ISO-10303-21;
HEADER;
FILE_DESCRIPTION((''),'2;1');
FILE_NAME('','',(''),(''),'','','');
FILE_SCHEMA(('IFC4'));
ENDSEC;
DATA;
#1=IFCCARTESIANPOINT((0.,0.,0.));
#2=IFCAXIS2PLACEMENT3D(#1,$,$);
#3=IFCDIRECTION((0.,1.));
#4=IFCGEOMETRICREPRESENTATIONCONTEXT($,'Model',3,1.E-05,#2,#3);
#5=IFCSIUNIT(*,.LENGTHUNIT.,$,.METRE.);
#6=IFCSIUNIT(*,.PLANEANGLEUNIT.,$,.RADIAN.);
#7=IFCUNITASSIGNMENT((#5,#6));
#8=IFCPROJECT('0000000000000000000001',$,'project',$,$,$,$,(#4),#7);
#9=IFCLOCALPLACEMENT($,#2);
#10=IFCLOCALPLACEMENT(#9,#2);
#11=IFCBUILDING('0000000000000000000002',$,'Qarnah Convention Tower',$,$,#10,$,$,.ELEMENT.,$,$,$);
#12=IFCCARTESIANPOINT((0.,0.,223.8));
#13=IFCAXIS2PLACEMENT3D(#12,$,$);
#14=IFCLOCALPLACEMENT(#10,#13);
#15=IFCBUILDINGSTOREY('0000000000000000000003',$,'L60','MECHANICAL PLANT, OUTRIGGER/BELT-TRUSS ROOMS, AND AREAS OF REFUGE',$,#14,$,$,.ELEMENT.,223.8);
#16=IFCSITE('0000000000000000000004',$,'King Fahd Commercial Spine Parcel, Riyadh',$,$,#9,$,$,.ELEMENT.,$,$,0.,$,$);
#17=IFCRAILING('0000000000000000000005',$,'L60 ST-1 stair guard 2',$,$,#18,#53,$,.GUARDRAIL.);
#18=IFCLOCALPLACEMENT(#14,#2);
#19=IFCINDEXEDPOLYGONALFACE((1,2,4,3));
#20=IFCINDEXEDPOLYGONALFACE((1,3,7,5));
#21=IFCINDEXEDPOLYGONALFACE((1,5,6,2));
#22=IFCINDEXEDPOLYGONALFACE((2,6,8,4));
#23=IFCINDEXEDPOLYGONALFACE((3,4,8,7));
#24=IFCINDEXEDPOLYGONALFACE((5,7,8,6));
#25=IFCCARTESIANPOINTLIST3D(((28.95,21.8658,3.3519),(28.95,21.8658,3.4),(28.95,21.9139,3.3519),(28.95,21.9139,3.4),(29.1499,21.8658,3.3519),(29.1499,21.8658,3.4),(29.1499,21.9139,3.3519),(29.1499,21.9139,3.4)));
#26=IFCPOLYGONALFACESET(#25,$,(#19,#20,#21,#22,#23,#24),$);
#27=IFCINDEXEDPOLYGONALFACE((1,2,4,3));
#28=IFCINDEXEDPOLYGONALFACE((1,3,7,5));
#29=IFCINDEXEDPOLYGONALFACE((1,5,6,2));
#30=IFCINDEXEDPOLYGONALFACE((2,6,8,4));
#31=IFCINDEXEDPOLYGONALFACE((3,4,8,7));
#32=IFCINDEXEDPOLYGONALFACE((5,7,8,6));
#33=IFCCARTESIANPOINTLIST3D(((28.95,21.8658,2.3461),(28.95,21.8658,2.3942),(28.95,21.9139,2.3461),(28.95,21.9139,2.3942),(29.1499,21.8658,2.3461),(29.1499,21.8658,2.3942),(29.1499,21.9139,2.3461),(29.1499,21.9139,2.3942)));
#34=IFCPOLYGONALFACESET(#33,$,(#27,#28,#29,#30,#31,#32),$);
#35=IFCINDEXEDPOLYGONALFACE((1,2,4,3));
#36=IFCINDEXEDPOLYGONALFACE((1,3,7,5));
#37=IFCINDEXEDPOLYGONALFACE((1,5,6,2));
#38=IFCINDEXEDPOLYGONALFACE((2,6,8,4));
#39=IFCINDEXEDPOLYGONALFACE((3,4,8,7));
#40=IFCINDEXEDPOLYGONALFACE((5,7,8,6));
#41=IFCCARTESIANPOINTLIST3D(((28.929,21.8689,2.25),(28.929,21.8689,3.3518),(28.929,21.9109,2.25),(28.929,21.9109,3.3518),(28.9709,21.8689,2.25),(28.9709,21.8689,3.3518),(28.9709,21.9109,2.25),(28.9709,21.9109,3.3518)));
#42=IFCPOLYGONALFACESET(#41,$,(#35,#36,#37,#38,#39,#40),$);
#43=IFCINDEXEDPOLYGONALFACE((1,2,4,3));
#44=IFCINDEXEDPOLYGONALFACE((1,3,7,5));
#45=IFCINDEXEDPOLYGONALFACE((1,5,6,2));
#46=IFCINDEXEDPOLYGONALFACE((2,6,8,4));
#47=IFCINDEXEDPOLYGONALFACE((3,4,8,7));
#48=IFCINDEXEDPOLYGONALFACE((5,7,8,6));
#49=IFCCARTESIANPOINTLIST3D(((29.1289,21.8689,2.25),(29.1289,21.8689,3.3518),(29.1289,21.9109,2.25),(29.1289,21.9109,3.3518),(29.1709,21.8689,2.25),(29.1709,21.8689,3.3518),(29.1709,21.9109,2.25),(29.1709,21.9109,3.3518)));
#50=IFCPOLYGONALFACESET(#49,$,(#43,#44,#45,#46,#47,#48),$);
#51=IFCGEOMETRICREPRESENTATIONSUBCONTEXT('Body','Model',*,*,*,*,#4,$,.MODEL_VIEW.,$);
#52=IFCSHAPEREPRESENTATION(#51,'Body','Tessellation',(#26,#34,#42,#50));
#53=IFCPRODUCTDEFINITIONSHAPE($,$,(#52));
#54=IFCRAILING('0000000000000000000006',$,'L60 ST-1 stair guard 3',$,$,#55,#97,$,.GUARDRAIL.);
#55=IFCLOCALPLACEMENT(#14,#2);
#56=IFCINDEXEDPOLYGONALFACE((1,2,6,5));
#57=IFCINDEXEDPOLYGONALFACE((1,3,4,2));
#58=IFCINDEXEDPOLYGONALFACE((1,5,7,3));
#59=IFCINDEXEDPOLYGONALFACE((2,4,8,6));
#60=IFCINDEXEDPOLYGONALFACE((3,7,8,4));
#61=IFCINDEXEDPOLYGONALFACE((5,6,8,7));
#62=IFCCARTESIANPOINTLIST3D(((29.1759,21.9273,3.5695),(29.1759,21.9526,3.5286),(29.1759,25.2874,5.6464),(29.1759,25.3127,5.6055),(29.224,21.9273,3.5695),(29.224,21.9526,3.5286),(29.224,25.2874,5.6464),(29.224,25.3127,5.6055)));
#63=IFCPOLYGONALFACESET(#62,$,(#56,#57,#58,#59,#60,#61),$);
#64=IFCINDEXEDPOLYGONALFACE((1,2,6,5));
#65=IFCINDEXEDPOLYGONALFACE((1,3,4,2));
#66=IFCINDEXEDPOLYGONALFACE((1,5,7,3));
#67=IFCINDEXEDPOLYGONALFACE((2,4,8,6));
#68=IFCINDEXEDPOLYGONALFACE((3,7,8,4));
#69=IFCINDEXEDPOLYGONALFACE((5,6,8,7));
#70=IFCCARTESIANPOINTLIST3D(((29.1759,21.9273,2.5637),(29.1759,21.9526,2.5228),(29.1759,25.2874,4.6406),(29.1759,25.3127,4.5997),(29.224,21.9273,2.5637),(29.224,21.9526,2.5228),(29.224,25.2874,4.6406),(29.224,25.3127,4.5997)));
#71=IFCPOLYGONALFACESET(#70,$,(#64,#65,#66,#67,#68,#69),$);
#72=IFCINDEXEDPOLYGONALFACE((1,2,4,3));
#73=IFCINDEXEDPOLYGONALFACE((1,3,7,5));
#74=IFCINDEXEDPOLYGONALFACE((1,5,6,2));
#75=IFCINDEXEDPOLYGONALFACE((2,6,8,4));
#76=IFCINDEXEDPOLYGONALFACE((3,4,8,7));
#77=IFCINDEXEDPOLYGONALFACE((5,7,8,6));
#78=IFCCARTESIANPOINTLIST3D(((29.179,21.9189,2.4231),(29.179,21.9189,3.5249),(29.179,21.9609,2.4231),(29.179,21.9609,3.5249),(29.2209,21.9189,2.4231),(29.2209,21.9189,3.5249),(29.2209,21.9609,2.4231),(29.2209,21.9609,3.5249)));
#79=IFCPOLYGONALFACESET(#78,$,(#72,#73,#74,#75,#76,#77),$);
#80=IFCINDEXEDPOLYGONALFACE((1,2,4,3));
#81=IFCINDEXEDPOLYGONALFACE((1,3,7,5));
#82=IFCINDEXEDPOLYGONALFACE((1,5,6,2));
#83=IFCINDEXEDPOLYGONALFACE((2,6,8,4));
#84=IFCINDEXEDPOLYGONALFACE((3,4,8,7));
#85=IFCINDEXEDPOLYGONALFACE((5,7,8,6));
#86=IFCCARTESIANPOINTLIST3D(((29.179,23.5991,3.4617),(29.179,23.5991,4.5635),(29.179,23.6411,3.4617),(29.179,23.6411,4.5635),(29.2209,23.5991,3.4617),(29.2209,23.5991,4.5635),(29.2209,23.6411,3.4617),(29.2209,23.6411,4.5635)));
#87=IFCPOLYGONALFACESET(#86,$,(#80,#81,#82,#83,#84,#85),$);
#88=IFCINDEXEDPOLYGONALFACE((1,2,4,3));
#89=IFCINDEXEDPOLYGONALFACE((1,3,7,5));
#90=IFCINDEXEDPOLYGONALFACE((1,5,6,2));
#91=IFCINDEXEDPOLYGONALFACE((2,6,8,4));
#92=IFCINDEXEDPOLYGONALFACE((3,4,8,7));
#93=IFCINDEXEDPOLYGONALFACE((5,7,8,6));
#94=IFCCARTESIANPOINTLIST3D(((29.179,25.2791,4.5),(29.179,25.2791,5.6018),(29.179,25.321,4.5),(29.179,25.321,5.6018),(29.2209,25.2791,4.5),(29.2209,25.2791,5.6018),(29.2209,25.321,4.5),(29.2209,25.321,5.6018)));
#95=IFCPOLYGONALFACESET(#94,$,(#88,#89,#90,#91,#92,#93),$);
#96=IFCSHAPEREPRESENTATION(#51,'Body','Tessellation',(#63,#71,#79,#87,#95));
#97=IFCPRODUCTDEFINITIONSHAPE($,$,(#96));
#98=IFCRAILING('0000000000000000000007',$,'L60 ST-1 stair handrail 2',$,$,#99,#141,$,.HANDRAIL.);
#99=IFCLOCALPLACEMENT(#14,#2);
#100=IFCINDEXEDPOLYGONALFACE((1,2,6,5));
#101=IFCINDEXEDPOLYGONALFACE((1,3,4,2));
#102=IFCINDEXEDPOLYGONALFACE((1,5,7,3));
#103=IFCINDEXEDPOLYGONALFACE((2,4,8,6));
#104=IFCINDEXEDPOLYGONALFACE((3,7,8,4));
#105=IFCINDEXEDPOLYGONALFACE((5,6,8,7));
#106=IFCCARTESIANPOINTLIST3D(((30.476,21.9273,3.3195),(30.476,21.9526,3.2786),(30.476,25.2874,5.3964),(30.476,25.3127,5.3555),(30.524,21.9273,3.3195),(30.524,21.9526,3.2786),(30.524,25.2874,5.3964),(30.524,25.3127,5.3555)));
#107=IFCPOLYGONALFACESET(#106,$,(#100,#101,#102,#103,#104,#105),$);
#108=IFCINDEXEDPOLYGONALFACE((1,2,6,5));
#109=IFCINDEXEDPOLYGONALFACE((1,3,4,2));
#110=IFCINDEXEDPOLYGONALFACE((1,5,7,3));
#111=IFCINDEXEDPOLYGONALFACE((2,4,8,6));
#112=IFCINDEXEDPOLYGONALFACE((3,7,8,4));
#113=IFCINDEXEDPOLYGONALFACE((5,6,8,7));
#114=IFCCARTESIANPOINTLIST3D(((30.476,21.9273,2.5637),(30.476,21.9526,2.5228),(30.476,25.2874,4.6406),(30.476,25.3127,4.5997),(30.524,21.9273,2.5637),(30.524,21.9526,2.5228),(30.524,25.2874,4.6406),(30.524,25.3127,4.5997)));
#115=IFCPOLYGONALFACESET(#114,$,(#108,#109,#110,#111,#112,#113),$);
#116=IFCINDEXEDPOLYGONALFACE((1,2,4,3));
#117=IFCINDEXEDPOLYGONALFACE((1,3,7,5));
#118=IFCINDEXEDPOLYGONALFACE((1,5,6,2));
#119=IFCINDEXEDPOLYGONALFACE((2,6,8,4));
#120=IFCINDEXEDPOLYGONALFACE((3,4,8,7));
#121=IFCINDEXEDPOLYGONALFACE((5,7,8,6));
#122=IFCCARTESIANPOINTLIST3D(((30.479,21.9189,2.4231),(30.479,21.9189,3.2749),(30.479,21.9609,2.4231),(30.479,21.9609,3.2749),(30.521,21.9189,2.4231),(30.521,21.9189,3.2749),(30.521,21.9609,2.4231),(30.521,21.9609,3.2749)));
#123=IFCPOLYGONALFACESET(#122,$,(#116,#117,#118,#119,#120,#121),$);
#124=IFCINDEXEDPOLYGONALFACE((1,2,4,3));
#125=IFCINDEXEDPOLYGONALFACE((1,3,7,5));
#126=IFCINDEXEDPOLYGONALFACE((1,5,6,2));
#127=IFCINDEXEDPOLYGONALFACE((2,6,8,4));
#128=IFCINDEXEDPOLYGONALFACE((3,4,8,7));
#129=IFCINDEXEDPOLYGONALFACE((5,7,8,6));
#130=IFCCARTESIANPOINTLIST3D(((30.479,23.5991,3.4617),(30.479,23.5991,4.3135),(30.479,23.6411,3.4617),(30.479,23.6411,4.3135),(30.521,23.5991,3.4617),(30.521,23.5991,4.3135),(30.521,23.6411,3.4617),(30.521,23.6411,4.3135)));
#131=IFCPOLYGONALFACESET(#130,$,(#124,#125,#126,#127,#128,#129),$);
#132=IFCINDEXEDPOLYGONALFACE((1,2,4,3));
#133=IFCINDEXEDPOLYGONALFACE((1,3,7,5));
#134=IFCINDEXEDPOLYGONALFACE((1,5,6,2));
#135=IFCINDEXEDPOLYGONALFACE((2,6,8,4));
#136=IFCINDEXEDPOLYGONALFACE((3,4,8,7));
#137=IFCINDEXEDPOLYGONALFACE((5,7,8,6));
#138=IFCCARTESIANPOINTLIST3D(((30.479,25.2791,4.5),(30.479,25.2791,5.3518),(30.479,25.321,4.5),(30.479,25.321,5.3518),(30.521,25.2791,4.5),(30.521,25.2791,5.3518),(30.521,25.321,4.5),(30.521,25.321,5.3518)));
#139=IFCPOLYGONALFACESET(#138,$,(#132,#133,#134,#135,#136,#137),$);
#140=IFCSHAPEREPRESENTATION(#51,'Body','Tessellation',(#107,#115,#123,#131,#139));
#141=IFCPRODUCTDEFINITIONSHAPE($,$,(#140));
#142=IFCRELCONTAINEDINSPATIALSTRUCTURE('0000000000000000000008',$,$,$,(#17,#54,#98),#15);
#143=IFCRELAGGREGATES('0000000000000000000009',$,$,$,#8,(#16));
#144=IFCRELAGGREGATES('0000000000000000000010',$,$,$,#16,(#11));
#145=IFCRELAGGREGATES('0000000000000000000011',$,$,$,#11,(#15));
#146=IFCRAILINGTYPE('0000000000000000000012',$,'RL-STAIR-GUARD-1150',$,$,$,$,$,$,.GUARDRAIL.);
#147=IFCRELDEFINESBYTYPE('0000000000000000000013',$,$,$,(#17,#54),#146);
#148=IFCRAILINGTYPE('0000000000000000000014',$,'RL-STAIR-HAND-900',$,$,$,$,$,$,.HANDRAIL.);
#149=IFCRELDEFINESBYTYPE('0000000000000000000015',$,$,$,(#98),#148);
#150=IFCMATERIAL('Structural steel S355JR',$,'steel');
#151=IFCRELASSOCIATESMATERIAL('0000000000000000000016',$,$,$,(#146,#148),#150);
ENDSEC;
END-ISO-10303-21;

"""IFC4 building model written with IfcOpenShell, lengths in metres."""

from ifc_helpers import new_model, si_unit, direction, frame, origin, origin_2d, place, context, subcontext, project, spatial, rectangle, extrude, material, type_object, element, save


model = new_model("IFC4")

# Units and contexts
model_context = context("Model", 3, precision=1e-05, world=origin(), true_north=direction((0.0, 1.0)))
body_context = subcontext(model_context, "Body", "Model", "MODEL_VIEW")
ifc_project = project(units=[si_unit("LENGTHUNIT", "METRE"), si_unit("PLANEANGLEUNIT", "RADIAN")], contexts=[model_context])

# Site, building, storey
site_placement = place(None, origin())
site = spatial("IfcSite", under=ifc_project, at=site_placement, Name="King Fahd Commercial Spine Parcel, Riyadh", CompositionType="ELEMENT", RefElevation=0.0)
building_placement = place(site_placement, origin())
building = spatial("IfcBuilding", under=site, at=building_placement, Name="Qarnah Convention Tower", CompositionType="ELEMENT")
storey_placement = place(building_placement, frame((0.0, 0.0, 223.8)))
storey = spatial("IfcBuildingStorey", under=building, at=storey_placement, Name="L60", Description="MECHANICAL PLANT, OUTRIGGER/BELT-TRUSS ROOMS, AND AREAS OF REFUGE", CompositionType="ELEMENT", Elevation=223.8)

# Shared definitions
ifc_material_1 = material(Name="Structural steel S355JR", Category="steel")

# Railings
railing_type_1 = type_object("IfcRailingType", Name="RL-STAIR-GUARD-1150", PredefinedType="GUARDRAIL", material=ifc_material_1)
railing_1_placement = place(storey_placement, frame((28.95, 21.8899, 2.25)))
element("IfcRailing", 1, at=railing_1_placement, inside=storey, type_object=railing_type_1, Name="L60 ST-1 stair guard 2", PredefinedType="GUARDRAIL", context=body_context, shape_type="SweptSolid", body=[
    extrude(rectangle(XDim=0.0481, YDim=0.0481, at=origin_2d()), frame((0.0, 0.0, 1.126), z_axis=(1.0, 0.0, 0.0), x_axis=(0.0, 1.0, 0.0)), (0.0, 0.0, 1.0), 0.2),
    extrude(rectangle(XDim=0.0481, YDim=0.0481, at=origin_2d()), frame((0.0, 0.0, 0.1201), z_axis=(1.0, 0.0, 0.0), x_axis=(0.0, 1.0, 0.0)), (0.0, 0.0, 1.0), 0.2),
    extrude(rectangle(XDim=0.042, YDim=0.042, at=origin_2d()), origin(), (0.0, 0.0, 1.0), 1.1018),
    extrude(rectangle(XDim=0.042, YDim=0.042, at=origin_2d()), frame((0.2, 0.0, 0.0)), (0.0, 0.0, 1.0), 1.1018),
])
railing_2_placement = place(storey_placement, frame((29.2, 21.9399, 2.4231)))
element("IfcRailing", 2, at=railing_2_placement, inside=storey, type_object=railing_type_1, Name="L60 ST-1 stair guard 3", PredefinedType="GUARDRAIL", context=body_context, shape_type="SweptSolid", body=[
    extrude(rectangle(XDim=0.0481, YDim=0.0481, at=origin_2d()), frame((0.0, 0.0, 1.126), z_axis=(0.0, 0.850623, 0.525776), x_axis=(-1.0, 0.0, 0.0)), (0.0, 0.0, 1.0), 3.9502),
    extrude(rectangle(XDim=0.0481, YDim=0.0481, at=origin_2d()), frame((0.0, 0.0, 0.1201), z_axis=(0.0, 0.850623, 0.525776), x_axis=(-1.0, 0.0, 0.0)), (0.0, 0.0, 1.0), 3.9502),
    extrude(rectangle(XDim=0.042, YDim=0.042, at=origin_2d()), origin(), (0.0, 0.0, 1.0), 1.1018),
    extrude(rectangle(XDim=0.042, YDim=0.042, at=origin_2d()), frame((0.0, 1.6802, 1.0386)), (0.0, 0.0, 1.0), 1.1018),
    extrude(rectangle(XDim=0.042, YDim=0.042, at=origin_2d()), frame((0.0, 3.3601, 2.0769)), (0.0, 0.0, 1.0), 1.1018),
])
railing_type_2 = type_object("IfcRailingType", Name="RL-STAIR-HAND-900", PredefinedType="HANDRAIL", material=ifc_material_1)
railing_3_placement = place(storey_placement, frame((30.5, 21.9399, 2.4231)))
element("IfcRailing", 3, at=railing_3_placement, inside=storey, type_object=railing_type_2, Name="L60 ST-1 stair handrail 2", PredefinedType="HANDRAIL", context=body_context, shape_type="SweptSolid", body=[
    extrude(rectangle(XDim=0.0481, YDim=0.0481, at=origin_2d()), frame((0.0, 0.0, 0.876), z_axis=(0.0, 0.850623, 0.525776), x_axis=(-1.0, 0.0, 0.0)), (0.0, 0.0, 1.0), 3.9502),
    extrude(rectangle(XDim=0.0481, YDim=0.0481, at=origin_2d()), frame((0.0, 0.0, 0.1201), z_axis=(0.0, 0.850623, 0.525776), x_axis=(-1.0, 0.0, 0.0)), (0.0, 0.0, 1.0), 3.9502),
    extrude(rectangle(XDim=0.042, YDim=0.042, at=origin_2d()), origin(), (0.0, 0.0, 1.0), 0.8518),
    extrude(rectangle(XDim=0.042, YDim=0.042, at=origin_2d()), frame((0.0, 1.6802, 1.0386)), (0.0, 0.0, 1.0), 0.8518),
    extrude(rectangle(XDim=0.042, YDim=0.042, at=origin_2d()), frame((0.0, 3.3601, 2.0769)), (0.0, 0.0, 1.0), 0.8518),
])

save(model, "model.ifc")
